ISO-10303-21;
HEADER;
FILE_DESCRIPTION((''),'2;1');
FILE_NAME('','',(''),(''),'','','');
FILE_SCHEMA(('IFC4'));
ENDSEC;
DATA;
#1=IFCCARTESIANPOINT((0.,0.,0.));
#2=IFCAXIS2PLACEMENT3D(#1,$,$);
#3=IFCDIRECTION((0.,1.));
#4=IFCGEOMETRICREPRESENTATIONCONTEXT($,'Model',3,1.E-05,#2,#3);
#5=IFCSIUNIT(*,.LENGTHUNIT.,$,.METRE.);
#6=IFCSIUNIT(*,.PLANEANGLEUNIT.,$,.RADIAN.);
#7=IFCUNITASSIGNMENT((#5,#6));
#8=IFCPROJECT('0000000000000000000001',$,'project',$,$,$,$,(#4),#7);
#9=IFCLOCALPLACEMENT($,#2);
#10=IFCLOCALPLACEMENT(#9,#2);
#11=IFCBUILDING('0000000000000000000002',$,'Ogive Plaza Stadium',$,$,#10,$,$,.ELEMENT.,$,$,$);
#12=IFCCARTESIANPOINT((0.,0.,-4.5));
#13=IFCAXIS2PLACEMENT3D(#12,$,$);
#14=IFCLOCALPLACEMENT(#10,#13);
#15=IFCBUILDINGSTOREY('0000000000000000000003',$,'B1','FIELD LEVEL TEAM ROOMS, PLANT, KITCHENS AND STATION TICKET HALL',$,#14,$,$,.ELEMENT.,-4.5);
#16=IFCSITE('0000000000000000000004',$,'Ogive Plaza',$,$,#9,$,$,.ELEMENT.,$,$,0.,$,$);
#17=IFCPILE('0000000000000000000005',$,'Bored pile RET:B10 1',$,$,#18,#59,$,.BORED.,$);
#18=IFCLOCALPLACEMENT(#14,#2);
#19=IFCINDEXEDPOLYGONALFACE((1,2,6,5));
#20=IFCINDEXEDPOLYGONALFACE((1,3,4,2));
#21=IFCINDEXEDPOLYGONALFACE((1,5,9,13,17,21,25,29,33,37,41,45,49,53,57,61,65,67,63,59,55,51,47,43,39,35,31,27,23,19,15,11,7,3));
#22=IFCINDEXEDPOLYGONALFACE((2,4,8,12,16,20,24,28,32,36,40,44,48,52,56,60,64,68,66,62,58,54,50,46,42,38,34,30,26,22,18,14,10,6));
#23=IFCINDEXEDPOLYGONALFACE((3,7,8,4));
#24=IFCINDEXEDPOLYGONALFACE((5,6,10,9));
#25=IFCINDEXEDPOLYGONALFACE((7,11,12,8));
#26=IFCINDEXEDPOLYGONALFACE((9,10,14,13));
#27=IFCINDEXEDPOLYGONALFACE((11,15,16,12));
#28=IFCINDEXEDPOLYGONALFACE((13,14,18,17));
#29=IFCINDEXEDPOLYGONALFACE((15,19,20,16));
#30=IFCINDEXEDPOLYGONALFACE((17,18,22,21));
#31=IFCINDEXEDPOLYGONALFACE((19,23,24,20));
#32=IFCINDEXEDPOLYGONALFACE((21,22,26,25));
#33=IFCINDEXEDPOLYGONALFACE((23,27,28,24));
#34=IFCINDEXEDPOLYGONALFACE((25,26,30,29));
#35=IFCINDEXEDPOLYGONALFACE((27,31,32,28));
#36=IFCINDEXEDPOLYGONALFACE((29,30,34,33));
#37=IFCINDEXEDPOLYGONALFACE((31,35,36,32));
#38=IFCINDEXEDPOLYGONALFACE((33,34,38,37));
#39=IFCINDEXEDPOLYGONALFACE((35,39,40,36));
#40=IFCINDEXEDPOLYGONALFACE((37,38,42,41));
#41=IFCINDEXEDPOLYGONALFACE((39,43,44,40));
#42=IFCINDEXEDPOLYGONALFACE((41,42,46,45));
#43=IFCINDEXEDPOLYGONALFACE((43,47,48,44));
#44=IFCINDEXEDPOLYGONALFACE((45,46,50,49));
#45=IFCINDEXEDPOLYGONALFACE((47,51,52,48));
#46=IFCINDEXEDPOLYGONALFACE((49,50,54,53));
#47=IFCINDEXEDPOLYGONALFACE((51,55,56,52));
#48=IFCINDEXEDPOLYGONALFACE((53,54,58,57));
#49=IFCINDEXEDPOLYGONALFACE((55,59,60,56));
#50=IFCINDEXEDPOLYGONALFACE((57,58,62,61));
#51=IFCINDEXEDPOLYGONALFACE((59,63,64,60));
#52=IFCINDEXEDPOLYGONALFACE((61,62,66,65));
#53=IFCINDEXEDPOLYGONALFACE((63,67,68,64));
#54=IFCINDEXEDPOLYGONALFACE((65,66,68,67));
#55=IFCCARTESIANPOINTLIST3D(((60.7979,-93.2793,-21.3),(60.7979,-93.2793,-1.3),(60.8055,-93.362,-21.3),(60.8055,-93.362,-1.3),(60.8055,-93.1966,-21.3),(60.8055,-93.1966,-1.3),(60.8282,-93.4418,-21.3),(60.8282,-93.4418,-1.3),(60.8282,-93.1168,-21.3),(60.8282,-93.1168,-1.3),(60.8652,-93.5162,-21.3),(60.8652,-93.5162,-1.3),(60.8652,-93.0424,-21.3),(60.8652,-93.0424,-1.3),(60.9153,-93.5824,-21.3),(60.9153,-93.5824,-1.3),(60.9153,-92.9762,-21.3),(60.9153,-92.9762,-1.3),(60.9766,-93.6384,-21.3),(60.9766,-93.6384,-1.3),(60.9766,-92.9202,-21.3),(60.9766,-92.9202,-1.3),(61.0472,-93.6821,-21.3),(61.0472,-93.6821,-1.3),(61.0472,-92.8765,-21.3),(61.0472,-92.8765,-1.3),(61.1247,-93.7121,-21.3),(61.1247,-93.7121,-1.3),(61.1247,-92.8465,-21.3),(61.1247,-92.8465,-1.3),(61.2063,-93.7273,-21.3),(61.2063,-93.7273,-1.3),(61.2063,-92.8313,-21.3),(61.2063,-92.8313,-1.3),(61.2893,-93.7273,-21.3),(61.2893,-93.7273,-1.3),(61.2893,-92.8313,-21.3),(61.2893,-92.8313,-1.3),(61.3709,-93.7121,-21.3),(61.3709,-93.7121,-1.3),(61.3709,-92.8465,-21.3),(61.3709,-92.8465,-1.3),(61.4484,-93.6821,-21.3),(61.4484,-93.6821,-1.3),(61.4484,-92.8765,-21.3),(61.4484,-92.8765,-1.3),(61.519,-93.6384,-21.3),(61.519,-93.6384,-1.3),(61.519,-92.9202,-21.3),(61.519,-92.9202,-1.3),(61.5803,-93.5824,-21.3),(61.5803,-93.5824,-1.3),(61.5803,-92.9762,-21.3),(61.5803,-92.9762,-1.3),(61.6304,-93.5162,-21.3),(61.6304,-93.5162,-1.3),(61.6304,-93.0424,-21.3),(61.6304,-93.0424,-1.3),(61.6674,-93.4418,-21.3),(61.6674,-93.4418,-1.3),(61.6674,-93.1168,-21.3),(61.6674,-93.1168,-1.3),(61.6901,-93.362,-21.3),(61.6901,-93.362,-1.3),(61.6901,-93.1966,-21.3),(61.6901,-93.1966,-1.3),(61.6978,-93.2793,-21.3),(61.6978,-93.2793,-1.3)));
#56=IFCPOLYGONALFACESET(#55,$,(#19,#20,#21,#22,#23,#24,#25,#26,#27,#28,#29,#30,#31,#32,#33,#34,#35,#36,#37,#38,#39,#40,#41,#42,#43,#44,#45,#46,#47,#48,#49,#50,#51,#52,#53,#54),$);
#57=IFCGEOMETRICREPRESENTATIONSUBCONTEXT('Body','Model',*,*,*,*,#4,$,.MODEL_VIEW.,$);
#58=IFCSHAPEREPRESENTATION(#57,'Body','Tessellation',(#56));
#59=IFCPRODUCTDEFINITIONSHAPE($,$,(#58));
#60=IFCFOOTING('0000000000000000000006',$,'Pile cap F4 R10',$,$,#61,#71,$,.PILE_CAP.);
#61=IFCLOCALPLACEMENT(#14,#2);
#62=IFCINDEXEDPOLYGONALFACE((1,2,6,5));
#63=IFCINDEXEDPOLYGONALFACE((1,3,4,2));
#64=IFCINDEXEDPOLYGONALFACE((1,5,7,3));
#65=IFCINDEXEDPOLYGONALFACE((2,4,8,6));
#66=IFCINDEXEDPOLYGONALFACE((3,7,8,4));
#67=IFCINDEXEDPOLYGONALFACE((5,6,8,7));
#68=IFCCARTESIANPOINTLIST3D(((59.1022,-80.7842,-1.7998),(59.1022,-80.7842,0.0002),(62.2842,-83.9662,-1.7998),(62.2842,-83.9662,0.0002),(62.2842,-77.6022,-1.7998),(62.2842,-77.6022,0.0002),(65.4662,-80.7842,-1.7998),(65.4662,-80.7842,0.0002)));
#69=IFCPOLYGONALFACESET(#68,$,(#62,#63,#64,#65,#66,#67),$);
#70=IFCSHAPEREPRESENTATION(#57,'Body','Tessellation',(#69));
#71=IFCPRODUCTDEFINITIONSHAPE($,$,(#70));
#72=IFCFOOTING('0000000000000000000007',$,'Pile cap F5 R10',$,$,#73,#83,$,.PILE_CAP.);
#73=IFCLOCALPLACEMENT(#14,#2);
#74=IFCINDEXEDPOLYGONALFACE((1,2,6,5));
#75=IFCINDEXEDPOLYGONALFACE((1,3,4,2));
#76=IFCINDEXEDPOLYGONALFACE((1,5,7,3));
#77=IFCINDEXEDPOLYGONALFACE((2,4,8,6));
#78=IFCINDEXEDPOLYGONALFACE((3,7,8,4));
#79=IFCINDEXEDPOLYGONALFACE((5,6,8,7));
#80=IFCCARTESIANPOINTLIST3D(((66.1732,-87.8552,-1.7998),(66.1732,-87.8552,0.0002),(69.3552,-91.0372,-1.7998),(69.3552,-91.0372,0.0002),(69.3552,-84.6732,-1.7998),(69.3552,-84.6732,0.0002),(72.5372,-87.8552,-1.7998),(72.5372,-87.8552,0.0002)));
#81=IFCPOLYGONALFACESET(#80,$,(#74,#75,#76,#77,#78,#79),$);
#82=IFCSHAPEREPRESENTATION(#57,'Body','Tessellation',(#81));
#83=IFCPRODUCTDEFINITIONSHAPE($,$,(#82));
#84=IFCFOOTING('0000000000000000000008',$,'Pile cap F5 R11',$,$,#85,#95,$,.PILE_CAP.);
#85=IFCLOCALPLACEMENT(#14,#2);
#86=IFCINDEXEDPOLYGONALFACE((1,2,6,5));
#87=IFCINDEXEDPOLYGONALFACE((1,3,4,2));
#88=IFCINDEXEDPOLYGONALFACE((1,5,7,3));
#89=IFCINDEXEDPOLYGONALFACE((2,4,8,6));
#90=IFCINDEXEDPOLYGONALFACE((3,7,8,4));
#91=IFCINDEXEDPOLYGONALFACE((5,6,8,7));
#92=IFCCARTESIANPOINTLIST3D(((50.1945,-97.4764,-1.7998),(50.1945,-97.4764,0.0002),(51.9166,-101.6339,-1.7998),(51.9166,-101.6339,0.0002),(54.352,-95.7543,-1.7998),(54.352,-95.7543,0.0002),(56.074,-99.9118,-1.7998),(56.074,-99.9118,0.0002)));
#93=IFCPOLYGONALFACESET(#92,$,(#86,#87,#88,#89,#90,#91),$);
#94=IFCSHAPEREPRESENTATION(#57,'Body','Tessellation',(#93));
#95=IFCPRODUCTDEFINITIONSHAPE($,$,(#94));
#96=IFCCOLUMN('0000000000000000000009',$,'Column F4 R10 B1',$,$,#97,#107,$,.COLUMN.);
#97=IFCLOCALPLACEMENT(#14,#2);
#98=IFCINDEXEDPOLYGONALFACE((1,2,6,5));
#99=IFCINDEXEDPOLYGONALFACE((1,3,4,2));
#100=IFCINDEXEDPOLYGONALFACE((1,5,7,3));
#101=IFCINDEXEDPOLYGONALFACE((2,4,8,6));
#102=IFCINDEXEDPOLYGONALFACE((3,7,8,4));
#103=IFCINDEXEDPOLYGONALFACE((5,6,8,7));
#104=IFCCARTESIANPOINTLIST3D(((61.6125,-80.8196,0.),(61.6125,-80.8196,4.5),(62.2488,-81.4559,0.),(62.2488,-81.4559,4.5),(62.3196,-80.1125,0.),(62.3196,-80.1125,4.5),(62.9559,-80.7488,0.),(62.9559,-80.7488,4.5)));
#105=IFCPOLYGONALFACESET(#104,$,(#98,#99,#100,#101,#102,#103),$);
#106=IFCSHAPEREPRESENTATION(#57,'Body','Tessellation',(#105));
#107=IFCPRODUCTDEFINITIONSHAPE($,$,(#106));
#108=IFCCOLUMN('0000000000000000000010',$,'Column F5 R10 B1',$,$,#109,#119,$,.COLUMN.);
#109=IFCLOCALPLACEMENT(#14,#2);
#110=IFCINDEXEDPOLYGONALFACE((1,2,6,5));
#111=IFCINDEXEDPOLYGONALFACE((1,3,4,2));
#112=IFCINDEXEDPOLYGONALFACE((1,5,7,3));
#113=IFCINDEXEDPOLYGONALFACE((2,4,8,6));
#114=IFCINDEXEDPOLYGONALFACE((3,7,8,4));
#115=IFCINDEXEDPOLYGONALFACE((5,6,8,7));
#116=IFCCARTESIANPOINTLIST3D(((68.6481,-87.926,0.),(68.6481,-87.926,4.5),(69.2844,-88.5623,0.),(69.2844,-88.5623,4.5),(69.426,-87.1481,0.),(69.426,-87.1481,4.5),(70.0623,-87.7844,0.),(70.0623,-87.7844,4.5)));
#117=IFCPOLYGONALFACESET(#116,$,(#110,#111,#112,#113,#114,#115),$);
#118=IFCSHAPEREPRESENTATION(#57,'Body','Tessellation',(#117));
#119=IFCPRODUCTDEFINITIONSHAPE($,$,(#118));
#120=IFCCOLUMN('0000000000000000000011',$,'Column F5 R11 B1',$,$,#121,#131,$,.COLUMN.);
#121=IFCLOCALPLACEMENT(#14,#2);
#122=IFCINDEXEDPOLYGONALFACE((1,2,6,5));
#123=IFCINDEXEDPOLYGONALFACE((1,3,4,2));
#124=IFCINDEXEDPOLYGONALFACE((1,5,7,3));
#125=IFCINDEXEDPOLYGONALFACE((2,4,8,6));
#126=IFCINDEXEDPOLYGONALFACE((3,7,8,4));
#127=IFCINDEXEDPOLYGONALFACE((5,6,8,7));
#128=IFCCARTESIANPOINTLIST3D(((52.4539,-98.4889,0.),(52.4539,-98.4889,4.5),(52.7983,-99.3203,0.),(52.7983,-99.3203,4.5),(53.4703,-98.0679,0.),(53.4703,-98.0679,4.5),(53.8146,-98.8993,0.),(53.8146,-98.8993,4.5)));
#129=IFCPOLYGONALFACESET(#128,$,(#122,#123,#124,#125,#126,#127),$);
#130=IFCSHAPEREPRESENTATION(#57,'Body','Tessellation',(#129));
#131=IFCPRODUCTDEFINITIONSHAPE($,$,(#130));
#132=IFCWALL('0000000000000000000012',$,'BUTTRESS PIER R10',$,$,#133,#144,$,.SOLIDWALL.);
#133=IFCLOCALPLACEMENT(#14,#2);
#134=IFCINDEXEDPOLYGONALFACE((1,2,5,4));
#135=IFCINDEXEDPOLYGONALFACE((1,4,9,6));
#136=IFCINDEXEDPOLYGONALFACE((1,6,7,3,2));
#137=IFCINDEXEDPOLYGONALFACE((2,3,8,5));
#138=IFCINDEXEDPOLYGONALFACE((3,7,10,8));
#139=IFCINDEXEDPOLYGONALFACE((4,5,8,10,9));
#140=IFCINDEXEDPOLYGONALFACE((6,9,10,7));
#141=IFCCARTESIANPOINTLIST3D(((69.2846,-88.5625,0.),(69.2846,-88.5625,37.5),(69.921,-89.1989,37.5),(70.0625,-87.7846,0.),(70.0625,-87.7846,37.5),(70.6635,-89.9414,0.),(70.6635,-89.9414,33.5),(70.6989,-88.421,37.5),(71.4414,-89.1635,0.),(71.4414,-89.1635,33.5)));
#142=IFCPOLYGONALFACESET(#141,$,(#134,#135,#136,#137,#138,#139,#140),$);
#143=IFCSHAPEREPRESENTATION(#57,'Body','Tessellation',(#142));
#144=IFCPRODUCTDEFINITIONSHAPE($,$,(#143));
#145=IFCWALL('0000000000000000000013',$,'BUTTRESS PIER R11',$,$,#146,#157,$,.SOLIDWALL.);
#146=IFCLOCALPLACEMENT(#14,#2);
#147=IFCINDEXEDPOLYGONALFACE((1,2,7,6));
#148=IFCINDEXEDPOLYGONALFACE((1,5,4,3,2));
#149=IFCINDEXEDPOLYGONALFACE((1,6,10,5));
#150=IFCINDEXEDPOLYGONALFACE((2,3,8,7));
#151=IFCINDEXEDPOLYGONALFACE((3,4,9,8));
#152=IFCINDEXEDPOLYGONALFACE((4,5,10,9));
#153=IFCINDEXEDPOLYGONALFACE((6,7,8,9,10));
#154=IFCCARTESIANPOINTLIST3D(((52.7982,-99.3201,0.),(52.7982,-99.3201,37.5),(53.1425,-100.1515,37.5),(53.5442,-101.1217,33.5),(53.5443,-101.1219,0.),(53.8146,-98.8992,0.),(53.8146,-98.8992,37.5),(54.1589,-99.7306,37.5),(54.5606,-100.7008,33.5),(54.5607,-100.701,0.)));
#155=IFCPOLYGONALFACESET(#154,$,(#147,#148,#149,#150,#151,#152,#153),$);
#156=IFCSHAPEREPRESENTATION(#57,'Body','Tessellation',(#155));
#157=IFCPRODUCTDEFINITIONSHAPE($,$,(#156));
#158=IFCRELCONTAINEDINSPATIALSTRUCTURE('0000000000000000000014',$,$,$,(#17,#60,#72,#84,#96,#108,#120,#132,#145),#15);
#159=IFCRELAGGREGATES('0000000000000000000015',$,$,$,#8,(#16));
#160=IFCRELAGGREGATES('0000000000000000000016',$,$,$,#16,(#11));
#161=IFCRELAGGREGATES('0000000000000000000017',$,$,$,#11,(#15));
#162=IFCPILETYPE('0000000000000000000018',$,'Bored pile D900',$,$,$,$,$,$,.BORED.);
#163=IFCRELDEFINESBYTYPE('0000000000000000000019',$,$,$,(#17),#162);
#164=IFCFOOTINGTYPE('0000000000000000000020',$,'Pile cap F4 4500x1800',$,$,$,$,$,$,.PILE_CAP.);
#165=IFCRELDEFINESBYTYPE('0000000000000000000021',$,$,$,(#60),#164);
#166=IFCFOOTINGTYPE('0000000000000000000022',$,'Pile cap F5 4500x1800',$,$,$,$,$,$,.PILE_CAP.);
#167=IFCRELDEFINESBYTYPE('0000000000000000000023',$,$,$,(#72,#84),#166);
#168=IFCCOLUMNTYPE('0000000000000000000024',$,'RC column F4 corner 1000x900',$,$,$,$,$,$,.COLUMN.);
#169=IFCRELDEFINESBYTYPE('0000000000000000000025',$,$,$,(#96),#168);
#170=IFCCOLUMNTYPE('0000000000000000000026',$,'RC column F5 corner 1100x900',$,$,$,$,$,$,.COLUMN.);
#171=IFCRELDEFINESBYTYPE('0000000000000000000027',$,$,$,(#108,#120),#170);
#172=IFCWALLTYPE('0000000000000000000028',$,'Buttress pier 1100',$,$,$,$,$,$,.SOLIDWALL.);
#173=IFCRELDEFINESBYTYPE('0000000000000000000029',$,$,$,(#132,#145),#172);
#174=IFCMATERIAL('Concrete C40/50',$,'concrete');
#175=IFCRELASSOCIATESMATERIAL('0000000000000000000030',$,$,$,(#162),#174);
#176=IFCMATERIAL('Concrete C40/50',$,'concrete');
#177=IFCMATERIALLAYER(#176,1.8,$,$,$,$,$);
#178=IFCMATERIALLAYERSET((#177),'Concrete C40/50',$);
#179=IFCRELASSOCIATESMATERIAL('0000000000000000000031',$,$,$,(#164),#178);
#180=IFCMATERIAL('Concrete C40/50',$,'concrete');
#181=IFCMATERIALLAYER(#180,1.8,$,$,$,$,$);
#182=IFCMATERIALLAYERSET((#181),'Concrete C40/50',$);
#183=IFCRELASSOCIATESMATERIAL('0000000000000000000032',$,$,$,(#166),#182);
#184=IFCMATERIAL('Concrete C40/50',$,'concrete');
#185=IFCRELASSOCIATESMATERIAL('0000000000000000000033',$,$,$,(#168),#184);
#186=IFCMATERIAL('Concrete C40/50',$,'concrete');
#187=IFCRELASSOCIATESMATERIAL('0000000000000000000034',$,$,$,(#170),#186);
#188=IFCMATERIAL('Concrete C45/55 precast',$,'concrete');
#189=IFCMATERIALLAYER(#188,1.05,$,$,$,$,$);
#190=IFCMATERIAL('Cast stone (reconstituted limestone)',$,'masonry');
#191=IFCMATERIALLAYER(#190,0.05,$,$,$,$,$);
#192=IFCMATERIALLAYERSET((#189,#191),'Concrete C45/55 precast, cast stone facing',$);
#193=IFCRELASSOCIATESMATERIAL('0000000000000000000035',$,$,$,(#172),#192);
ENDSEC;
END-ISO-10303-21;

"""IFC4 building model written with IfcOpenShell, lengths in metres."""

from ifc_helpers import new_model, si_unit, direction, frame, origin, origin_2d, place, context, subcontext, project, spatial, polyline, rectangle, circle, outline, extrude, material, layer, layer_set, material_profile, profile_set, type_object, element, save


model = new_model("IFC4")

# Units and contexts
model_context = context("Model", 3, precision=1e-05, world=origin(), true_north=direction((0.0, 1.0)))
body_context = subcontext(model_context, "Body", "Model", "MODEL_VIEW")
ifc_project = project(units=[si_unit("LENGTHUNIT", "METRE"), si_unit("PLANEANGLEUNIT", "RADIAN")], contexts=[model_context])

# Site, building, storey
site_placement = place(None, origin())
site = spatial("IfcSite", under=ifc_project, at=site_placement, Name="Ogive Plaza", CompositionType="ELEMENT", RefElevation=0.0)
building_placement = place(site_placement, origin())
building = spatial("IfcBuilding", under=site, at=building_placement, Name="Ogive Plaza Stadium", CompositionType="ELEMENT")
storey_placement = place(building_placement, frame((0.0, 0.0, -4.5)))
storey = spatial("IfcBuildingStorey", under=building, at=storey_placement, Name="B1", Description="FIELD LEVEL TEAM ROOMS, PLANT, KITCHENS AND STATION TICKET HALL", CompositionType="ELEMENT", Elevation=-4.5)

# Pile
ifc_material_1 = material(Name="Concrete C40/50", Category="concrete")
ifc_material_profile_1 = material_profile(ifc_material_1, circle(Radius=0.45, at=origin_2d()), Name="RC D900")
ifc_profile_set_1 = profile_set([ifc_material_profile_1], Name="Concrete C40/50")
pile_type_1 = type_object("IfcPileType", Name="Bored pile D900", PredefinedType="BORED", material=ifc_profile_set_1)
pile_placement = place(storey_placement, frame((61.2478, -93.2793, -1.3), z_axis=(0.0, 0.0, -1.0), x_axis=(1.0, 0.0, 0.0)))
element("IfcPile", 1, at=pile_placement, inside=storey, type_object=pile_type_1, Name="Bored pile RET:B10 1", PredefinedType="BORED", context=body_context, shape_type="SweptSolid", body=[
    extrude(circle(Radius=0.45, at=origin_2d()), origin(), (0.0, 0.0, 1.0), 20.0),
])

# Footings
ifc_material_2 = material(Name="Concrete C40/50", Category="concrete")
ifc_layer_1 = layer(ifc_material_2, 1.8)
ifc_layer_set_1 = layer_set([ifc_layer_1], Name="Concrete C40/50")
footing_type_1 = type_object("IfcFootingType", Name="Pile cap F4 4500x1800", PredefinedType="PILE_CAP", material=ifc_layer_set_1)
footing_placement = place(storey_placement, frame((62.2842, -80.7842, -1.7998), z_axis=(0.0, 0.0, 1.0), x_axis=(0.707107, -0.707107, 0.0)))
element("IfcFooting", 2, at=footing_placement, inside=storey, type_object=footing_type_1, Name="Pile cap F4 R10", PredefinedType="PILE_CAP", context=body_context, shape_type="SweptSolid", body=[
    extrude(rectangle(XDim=4.5, YDim=4.5, at=origin_2d()), origin(), (0.0, 0.0, 1.0), 1.8),
])
ifc_material_3 = material(Name="Concrete C40/50", Category="concrete")
ifc_layer_2 = layer(ifc_material_3, 1.8)
ifc_layer_set_2 = layer_set([ifc_layer_2], Name="Concrete C40/50")
footing_type_2 = type_object("IfcFootingType", Name="Pile cap F5 4500x1800", PredefinedType="PILE_CAP", material=ifc_layer_set_2)
for number, where, z_axis, x_axis, name in (
    (3, (69.3552, -87.8552, -1.7998), (0.0, 0.0, 1.0), (0.707107, -0.707107, 0.0), "Pile cap F5 R10"),
    (4, (53.1343, -98.6941, -1.7998), (0.0, 0.0, 1.0), (0.382683, -0.92388, 0.0), "Pile cap F5 R11"),
):
    element("IfcFooting", number, at=place(storey_placement, frame(where, z_axis=z_axis, x_axis=x_axis)), inside=storey, type_object=footing_type_2, Name=name, PredefinedType="PILE_CAP", context=body_context, shape_type="SweptSolid", body=[
        extrude(rectangle(XDim=4.5, YDim=4.5, at=origin_2d()), origin(), (0.0, 0.0, 1.0), 1.8),
    ])

# Columns
ifc_material_4 = material(Name="Concrete C40/50", Category="concrete")
ifc_material_profile_2 = material_profile(ifc_material_4, rectangle(XDim=1.0, YDim=0.8999, at=origin_2d()), Name="RC 1000x900")
ifc_profile_set_2 = profile_set([ifc_material_profile_2], Name="Concrete C40/50")
column_type_1 = type_object("IfcColumnType", Name="RC column F4 corner 1000x900", PredefinedType="COLUMN", material=ifc_profile_set_2)
column_placement = place(storey_placement, frame((62.2842, -80.7842, 0.0), z_axis=(0.0, 0.0, 1.0), x_axis=(0.707107, 0.707107, 0.0)))
element("IfcColumn", 5, at=column_placement, inside=storey, type_object=column_type_1, Name="Column F4 R10 B1", PredefinedType="COLUMN", context=body_context, shape_type="SweptSolid", body=[
    extrude(rectangle(XDim=1.0, YDim=0.8999, at=origin_2d()), origin(), (0.0, 0.0, 1.0), 4.5),
])
ifc_material_5 = material(Name="Concrete C40/50", Category="concrete")
ifc_material_profile_3 = material_profile(ifc_material_5, rectangle(XDim=1.1001, YDim=0.8999, at=origin_2d()), Name="RC 1100x900")
ifc_profile_set_3 = profile_set([ifc_material_profile_3], Name="Concrete C40/50")
column_type_2 = type_object("IfcColumnType", Name="RC column F5 corner 1100x900", PredefinedType="COLUMN", material=ifc_profile_set_3)
for number, where, z_axis, x_axis, name in (
    (6, (69.3552, -87.8552, 0.0), (0.0, 0.0, 1.0), (0.707107, 0.707107, 0.0), "Column F5 R10 B1"),
    (7, (53.1343, -98.6941, 0.0), (0.0, 0.0, 1.0), (0.92388, 0.382683, 0.0), "Column F5 R11 B1"),
):
    element("IfcColumn", number, at=place(storey_placement, frame(where, z_axis=z_axis, x_axis=x_axis)), inside=storey, type_object=column_type_2, Name=name, PredefinedType="COLUMN", context=body_context, shape_type="SweptSolid", body=[
        extrude(rectangle(XDim=1.1001, YDim=0.8999, at=origin_2d()), origin(), (0.0, 0.0, 1.0), 4.5),
    ])

# Walls
ifc_material_6 = material(Name="Concrete C45/55 precast", Category="concrete")
ifc_layer_3 = layer(ifc_material_6, 1.05)
ifc_material_7 = material(Name="Cast stone (reconstituted limestone)", Category="masonry")
ifc_layer_4 = layer(ifc_material_7, 0.05)
ifc_layer_set_3 = layer_set([ifc_layer_3, ifc_layer_4], Name="Concrete C45/55 precast, cast stone facing")
wall_type = type_object("IfcWallType", Name="Buttress pier 1100", PredefinedType="SOLIDWALL", material=ifc_layer_set_3)
wall_1_placement = place(storey_placement, frame((69.6736, -88.1736, 0.0), z_axis=(0.0, 0.0, 1.0), x_axis=(0.707107, -0.707107, 0.0)))
element("IfcWall", 8, at=wall_1_placement, inside=storey, type_object=wall_type, Name="BUTTRESS PIER R10", PredefinedType="SOLIDWALL", context=body_context, shape_type="SweptSolid", body=[
    extrude(outline(polyline([(0.0, 0.0), (1.95, 0.0), (1.95, 33.5), (0.8999, 37.5), (0.0, 37.5), (0.0, 0.0)])), frame((0.0, 0.55, 0.0), z_axis=(0.0, -1.0, 0.0), x_axis=(1.0, 0.0, 0.0)), (0.0, 0.0, 1.0), 1.1001),
])
wall_2_placement = place(storey_placement, frame((53.3064, -99.1096, 0.0), z_axis=(0.0, 0.0, 1.0), x_axis=(0.382588, -0.923919, 0.0)))
element("IfcWall", 9, at=wall_2_placement, inside=storey, type_object=wall_type, Name="BUTTRESS PIER R11", PredefinedType="SOLIDWALL", context=body_context, shape_type="SweptSolid", body=[
    extrude(outline(polyline([(0.0, 0.0), (1.9502, 0.0), (1.95, 33.5), (0.8999, 37.5), (0.0, 37.5), (0.0, 0.0)])), frame((0.0, 0.55, 0.0), z_axis=(0.0, -1.0, 0.0), x_axis=(1.0, 0.0, 0.0)), (0.0, 0.0, 1.0), 1.1001),
])

save(model, "model.ifc")
